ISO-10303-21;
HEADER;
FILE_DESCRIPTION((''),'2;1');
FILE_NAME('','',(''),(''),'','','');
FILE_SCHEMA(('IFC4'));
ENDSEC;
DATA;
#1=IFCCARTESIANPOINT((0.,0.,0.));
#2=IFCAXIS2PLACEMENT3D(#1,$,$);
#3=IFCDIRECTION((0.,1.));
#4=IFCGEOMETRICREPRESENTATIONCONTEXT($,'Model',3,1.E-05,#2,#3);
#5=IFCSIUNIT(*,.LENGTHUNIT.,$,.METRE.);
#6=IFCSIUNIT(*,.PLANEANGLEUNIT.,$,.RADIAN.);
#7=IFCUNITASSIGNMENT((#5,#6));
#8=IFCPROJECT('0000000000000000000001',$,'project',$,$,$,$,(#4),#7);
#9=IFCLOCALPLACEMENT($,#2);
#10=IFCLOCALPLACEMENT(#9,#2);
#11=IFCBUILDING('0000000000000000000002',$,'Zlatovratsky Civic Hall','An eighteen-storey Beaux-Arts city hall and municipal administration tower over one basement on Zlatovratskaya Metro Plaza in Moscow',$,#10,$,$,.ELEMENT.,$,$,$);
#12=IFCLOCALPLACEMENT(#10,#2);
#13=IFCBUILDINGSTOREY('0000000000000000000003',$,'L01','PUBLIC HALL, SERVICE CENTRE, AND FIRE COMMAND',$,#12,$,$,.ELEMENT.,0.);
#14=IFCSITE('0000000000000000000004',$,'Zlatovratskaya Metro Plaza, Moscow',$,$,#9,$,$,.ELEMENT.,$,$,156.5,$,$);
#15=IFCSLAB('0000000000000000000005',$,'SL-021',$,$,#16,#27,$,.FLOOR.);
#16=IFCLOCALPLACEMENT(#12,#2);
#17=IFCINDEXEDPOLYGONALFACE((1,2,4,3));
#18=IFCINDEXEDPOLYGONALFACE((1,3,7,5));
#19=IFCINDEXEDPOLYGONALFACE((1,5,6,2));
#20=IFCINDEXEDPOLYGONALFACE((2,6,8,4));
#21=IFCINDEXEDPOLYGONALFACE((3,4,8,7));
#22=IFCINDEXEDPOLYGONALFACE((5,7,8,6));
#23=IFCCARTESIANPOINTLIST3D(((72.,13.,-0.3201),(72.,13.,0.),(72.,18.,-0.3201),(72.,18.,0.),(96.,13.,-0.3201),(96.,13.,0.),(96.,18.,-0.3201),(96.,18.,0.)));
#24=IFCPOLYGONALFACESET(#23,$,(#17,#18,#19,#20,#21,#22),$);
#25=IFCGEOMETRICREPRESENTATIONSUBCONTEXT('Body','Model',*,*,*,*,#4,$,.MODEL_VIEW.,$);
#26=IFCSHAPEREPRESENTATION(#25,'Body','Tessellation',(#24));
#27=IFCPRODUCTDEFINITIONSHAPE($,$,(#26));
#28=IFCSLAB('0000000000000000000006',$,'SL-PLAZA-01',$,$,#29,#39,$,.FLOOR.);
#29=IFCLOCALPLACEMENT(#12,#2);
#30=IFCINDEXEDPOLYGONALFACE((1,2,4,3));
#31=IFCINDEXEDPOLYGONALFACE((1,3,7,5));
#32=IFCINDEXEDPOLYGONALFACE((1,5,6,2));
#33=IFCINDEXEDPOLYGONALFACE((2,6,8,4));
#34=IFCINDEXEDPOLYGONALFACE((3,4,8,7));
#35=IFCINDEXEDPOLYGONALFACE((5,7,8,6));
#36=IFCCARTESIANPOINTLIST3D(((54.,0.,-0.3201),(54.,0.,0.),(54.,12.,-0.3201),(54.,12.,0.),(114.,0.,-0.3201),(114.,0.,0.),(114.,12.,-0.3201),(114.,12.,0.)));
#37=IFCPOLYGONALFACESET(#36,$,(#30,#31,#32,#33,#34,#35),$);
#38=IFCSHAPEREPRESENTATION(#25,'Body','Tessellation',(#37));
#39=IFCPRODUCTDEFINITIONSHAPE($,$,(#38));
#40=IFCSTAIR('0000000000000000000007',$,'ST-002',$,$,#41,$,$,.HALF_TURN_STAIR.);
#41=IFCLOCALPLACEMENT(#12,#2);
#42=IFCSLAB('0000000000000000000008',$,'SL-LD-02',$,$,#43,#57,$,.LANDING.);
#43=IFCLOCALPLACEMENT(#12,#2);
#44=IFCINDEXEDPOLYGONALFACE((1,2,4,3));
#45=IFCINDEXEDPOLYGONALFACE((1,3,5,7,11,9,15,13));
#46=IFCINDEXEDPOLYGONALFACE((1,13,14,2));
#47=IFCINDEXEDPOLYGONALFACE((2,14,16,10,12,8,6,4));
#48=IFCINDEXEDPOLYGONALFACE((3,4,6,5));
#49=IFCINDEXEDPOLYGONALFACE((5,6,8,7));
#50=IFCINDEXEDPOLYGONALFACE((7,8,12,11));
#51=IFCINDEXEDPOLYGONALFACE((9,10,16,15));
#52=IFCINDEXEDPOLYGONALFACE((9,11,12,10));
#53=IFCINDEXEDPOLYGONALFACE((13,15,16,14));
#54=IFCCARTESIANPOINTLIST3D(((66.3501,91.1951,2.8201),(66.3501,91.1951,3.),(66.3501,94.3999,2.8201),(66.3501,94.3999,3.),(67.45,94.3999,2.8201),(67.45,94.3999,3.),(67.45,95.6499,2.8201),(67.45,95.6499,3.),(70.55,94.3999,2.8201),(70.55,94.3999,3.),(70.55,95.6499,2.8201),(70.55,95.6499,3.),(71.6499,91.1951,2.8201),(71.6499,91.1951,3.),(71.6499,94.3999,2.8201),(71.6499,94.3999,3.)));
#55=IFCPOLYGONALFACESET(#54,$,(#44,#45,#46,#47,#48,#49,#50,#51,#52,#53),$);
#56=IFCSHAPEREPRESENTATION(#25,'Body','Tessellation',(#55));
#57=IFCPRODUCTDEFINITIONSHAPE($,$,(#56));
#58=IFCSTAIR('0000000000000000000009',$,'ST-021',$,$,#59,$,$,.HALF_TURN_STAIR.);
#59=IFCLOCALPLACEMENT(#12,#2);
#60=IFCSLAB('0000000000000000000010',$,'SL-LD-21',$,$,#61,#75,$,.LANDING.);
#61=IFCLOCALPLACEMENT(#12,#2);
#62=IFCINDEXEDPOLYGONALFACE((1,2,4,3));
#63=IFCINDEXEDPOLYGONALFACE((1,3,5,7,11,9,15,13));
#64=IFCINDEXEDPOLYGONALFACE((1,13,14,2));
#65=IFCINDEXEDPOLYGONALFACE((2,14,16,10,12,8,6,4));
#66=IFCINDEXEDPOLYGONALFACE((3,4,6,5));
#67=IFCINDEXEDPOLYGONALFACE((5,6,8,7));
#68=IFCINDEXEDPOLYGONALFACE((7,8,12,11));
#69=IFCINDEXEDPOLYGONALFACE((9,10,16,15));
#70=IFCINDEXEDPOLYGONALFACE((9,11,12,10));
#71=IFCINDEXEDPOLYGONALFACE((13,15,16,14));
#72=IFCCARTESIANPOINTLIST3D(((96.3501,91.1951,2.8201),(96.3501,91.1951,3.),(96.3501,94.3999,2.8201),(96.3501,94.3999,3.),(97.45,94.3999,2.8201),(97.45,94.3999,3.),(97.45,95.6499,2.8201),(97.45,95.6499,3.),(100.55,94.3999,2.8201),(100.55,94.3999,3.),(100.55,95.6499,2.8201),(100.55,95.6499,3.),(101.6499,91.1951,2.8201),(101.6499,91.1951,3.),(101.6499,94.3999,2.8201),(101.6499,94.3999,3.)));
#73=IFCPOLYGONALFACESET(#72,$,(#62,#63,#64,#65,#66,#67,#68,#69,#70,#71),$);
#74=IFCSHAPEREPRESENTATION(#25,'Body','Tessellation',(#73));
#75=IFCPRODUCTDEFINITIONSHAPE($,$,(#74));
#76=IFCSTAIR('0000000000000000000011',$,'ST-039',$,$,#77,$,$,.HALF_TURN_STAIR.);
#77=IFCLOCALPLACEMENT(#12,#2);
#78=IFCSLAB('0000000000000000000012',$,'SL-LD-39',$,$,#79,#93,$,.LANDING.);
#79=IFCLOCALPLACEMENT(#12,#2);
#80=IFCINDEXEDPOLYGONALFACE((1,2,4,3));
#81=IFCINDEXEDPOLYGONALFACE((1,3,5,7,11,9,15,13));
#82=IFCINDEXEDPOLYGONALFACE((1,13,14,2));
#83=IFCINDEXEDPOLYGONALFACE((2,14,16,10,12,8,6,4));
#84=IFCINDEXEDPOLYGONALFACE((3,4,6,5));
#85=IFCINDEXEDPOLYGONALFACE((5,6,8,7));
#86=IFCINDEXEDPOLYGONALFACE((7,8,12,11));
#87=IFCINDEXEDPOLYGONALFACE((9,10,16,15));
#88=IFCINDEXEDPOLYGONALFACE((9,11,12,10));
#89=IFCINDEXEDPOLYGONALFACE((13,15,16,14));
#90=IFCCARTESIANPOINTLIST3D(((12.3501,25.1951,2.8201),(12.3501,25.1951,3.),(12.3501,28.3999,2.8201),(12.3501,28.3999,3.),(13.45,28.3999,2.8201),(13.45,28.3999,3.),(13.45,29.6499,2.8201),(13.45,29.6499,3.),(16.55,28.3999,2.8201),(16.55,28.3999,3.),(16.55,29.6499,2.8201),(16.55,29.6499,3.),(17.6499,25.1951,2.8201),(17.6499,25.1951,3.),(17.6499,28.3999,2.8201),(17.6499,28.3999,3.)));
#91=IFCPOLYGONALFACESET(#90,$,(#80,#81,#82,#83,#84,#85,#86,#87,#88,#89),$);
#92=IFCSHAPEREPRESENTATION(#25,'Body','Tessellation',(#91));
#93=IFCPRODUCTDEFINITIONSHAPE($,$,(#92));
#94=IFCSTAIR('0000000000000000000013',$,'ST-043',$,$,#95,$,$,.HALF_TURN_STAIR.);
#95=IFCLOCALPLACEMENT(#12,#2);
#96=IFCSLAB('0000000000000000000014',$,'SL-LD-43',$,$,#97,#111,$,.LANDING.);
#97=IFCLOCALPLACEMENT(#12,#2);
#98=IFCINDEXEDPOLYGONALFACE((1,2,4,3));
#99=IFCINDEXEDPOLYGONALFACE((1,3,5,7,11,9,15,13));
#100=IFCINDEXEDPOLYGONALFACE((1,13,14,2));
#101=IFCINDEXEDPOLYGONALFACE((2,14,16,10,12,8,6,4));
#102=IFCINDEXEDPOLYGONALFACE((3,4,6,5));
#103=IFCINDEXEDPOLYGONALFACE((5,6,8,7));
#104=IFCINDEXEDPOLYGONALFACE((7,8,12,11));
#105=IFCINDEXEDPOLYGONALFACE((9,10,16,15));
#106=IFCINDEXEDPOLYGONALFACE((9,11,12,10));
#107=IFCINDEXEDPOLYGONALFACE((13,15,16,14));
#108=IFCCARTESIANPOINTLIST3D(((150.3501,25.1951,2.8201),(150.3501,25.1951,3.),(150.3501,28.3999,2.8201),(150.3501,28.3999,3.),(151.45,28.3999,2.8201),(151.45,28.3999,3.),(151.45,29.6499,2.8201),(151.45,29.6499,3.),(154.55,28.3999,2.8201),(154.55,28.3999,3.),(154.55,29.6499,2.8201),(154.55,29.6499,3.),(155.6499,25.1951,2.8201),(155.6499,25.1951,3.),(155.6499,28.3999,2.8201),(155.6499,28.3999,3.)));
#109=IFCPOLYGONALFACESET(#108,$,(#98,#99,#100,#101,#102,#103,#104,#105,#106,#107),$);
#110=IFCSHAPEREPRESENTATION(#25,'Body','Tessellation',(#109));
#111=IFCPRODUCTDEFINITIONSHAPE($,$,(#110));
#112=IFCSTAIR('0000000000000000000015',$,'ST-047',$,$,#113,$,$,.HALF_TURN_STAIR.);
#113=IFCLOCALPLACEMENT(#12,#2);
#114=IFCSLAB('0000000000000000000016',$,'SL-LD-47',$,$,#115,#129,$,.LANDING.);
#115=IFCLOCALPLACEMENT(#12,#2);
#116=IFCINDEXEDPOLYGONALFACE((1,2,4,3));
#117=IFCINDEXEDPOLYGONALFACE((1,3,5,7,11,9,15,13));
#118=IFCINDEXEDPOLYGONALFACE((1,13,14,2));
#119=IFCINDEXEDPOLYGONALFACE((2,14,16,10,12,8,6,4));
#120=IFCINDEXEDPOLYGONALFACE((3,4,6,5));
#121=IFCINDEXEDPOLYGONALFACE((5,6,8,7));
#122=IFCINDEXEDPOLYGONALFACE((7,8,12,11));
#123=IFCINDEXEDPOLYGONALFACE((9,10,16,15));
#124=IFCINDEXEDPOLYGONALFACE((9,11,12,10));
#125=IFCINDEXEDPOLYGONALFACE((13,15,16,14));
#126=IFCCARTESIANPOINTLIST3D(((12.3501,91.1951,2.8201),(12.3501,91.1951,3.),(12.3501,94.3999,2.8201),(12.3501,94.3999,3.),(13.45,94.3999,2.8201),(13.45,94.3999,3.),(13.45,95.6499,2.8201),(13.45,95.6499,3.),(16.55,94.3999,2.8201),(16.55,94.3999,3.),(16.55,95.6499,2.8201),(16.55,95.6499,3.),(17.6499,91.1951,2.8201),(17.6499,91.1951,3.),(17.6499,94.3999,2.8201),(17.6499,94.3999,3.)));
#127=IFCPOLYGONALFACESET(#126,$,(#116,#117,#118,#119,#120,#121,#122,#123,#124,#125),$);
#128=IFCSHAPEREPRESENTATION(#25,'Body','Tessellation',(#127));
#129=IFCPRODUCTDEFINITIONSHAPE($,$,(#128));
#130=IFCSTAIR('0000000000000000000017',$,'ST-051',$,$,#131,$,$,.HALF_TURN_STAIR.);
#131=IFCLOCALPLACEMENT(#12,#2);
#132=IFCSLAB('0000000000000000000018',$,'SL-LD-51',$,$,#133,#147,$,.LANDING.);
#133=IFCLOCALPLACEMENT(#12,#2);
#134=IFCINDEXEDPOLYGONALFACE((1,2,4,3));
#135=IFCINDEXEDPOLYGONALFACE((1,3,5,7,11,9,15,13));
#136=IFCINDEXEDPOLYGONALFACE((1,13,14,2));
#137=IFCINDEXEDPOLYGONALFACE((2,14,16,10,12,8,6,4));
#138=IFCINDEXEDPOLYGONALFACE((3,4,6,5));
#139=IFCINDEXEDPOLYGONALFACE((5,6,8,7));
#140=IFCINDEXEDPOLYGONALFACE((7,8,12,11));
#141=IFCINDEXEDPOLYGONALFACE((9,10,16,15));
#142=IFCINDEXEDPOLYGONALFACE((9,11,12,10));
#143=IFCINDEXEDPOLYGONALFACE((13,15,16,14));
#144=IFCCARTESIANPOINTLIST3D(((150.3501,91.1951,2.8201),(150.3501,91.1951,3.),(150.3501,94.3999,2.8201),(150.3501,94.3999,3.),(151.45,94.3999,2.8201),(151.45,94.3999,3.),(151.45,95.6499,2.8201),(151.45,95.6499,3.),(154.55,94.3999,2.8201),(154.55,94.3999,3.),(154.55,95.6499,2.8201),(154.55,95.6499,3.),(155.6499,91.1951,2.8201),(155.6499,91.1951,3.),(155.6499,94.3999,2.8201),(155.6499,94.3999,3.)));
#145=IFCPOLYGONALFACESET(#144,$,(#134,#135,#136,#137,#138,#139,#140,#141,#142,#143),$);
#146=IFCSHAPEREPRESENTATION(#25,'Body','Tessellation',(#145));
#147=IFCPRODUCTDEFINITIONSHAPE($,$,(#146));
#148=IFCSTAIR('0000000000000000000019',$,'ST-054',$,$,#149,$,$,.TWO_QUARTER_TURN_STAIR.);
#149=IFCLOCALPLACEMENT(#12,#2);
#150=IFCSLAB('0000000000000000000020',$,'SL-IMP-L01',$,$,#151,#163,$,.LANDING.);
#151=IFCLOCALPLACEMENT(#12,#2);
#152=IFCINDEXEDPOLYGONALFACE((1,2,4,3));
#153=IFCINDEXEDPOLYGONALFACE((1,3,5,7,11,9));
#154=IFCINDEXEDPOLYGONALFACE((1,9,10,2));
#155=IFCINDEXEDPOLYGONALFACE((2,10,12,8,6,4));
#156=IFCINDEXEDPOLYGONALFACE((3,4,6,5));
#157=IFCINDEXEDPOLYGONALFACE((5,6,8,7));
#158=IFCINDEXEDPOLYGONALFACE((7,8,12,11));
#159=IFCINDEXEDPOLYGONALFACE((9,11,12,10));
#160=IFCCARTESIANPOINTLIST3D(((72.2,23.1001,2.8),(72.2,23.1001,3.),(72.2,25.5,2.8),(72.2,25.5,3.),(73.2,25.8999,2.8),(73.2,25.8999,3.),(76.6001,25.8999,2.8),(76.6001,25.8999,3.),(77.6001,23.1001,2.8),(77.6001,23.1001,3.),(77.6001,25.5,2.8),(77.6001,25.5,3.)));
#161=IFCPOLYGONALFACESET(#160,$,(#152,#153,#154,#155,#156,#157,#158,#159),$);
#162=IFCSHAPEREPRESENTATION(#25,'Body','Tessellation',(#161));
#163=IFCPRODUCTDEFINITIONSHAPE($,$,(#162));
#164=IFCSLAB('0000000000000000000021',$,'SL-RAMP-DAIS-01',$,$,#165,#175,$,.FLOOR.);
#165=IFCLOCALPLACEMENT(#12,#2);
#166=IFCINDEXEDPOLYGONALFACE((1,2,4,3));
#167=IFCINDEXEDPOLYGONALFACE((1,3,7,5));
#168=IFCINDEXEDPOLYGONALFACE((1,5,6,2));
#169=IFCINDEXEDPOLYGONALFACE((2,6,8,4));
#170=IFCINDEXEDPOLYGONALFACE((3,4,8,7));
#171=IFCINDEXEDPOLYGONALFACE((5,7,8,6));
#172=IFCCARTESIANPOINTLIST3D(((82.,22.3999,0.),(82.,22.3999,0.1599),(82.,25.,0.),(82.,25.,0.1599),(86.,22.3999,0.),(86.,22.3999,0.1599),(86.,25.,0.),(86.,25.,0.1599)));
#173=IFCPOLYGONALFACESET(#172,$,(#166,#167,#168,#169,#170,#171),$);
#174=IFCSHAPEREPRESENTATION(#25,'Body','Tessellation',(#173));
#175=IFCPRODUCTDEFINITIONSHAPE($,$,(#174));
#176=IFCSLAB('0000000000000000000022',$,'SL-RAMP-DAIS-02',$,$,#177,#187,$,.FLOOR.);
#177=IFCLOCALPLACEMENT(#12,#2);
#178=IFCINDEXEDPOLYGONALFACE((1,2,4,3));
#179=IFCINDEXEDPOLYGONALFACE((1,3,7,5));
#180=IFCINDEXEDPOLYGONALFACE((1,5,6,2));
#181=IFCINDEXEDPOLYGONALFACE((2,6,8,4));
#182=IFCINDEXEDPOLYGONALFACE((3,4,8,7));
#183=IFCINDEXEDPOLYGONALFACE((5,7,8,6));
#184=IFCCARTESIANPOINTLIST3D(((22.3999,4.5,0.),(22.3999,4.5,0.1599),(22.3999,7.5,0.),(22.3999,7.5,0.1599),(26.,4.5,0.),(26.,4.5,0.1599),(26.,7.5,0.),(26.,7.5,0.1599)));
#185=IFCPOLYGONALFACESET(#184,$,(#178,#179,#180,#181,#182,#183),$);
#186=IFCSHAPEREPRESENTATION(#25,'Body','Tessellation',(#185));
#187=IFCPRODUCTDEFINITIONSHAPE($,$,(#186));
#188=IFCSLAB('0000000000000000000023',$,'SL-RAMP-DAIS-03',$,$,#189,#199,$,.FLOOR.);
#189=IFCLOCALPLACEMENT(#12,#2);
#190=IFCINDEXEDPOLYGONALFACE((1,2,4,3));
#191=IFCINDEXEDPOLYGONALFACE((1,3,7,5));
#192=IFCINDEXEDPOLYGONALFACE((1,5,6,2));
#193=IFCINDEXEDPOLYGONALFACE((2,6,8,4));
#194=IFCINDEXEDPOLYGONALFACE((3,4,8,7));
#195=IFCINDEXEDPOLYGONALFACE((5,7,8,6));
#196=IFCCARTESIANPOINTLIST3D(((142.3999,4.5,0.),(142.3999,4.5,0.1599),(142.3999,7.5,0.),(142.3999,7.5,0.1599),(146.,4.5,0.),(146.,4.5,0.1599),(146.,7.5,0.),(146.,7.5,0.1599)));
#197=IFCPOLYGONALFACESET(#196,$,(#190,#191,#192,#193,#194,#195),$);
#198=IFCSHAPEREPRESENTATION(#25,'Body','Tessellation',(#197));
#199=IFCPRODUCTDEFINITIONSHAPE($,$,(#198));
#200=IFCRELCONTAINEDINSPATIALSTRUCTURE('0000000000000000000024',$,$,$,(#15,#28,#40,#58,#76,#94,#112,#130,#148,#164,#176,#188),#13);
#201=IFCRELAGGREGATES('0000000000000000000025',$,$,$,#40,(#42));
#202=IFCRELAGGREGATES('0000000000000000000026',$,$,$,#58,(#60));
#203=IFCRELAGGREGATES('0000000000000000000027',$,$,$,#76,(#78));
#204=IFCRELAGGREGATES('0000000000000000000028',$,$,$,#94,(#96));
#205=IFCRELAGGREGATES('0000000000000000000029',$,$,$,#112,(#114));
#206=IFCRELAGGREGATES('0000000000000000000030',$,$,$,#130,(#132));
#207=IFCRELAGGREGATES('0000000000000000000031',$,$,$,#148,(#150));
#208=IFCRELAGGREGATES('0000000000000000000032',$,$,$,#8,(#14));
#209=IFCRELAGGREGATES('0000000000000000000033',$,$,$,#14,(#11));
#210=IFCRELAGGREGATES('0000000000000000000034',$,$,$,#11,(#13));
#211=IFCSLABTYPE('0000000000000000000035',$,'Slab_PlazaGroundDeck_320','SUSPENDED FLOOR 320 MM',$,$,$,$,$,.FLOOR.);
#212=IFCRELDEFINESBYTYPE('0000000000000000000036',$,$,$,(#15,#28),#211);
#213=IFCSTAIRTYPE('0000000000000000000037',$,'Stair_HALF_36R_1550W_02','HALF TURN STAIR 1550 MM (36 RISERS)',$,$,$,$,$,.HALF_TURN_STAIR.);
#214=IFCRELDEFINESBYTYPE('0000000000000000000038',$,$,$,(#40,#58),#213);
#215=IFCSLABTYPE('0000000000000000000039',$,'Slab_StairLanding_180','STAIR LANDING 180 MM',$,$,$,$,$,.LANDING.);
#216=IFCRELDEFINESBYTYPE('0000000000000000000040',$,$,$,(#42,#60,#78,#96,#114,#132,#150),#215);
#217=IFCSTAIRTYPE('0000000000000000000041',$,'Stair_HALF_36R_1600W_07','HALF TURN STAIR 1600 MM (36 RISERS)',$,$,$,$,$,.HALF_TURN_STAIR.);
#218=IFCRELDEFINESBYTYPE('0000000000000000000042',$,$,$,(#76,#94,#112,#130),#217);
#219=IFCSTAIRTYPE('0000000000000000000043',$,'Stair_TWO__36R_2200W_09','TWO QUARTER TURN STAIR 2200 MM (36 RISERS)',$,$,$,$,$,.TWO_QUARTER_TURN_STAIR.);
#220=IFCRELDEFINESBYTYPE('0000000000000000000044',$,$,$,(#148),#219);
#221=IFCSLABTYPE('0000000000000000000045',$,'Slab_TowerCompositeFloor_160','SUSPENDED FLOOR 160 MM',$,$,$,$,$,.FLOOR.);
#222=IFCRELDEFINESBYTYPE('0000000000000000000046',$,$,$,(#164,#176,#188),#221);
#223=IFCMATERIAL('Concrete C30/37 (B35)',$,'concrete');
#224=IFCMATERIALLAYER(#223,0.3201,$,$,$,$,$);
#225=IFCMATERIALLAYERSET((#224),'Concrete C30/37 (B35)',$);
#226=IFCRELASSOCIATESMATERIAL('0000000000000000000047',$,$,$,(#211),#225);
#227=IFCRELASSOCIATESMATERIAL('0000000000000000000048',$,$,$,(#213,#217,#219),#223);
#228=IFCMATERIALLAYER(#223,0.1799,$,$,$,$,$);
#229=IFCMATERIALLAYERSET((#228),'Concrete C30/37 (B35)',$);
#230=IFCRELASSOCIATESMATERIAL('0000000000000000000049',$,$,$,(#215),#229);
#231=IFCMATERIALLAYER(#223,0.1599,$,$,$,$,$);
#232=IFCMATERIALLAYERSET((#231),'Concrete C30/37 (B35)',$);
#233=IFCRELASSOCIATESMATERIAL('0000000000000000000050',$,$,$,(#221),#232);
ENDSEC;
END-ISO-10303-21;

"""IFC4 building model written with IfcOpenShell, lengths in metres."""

from ifc_helpers import new_model, si_unit, direction, frame, origin, place, context, subcontext, project, spatial, polyline, outline, extrude, material, layer, layer_set, type_object, element, aggregate, save


model = new_model("IFC4")

# Units and contexts
model_context = context("Model", 3, precision=1e-05, world=origin(), true_north=direction((0.0, 1.0)))
body_context = subcontext(model_context, "Body", "Model", "MODEL_VIEW")
ifc_project = project(units=[si_unit("LENGTHUNIT", "METRE"), si_unit("PLANEANGLEUNIT", "RADIAN")], contexts=[model_context])

# Site, building, storey
site_placement = place(None, origin())
site = spatial("IfcSite", under=ifc_project, at=site_placement, Name="Zlatovratskaya Metro Plaza, Moscow", CompositionType="ELEMENT", RefElevation=156.5)
building_placement = place(site_placement, origin())
building = spatial("IfcBuilding", under=site, at=building_placement, Name="Zlatovratsky Civic Hall", Description="An eighteen-storey Beaux-Arts city hall and municipal administration tower over one basement on Zlatovratskaya Metro Plaza in Moscow", CompositionType="ELEMENT")
storey_placement = place(building_placement, origin())
storey = spatial("IfcBuildingStorey", under=building, at=storey_placement, Name="L01", Description="PUBLIC HALL, SERVICE CENTRE, AND FIRE COMMAND", CompositionType="ELEMENT", Elevation=0.0)

# Slabs
ifc_material_1 = material(Name="Concrete C30/37 (B35)", Category="concrete")
ifc_layer_1 = layer(ifc_material_1, 0.3201)
ifc_layer_set_1 = layer_set([ifc_layer_1], Name="Concrete C30/37 (B35)")
slab_type_1 = type_object("IfcSlabType", Name="Slab_PlazaGroundDeck_320", Description="SUSPENDED FLOOR 320 MM", PredefinedType="FLOOR", material=ifc_layer_set_1)
slab_1_placement = place(storey_placement, frame((0.0, 0.0, -0.3201)))
element("IfcSlab", 1, at=slab_1_placement, inside=storey, type_object=slab_type_1, Name="SL-021", PredefinedType="FLOOR", context=body_context, shape_type="SweptSolid", body=[
    extrude(outline(polyline([(72.0, 13.0), (96.0, 13.0), (96.0, 18.0), (72.0, 18.0), (72.0, 13.0)])), origin(), (0.0, 0.0, 1.0), 0.3201),
])
slab_2_placement = place(storey_placement, frame((0.0, 0.0, -0.3201)))
element("IfcSlab", 2, at=slab_2_placement, inside=storey, type_object=slab_type_1, Name="SL-PLAZA-01", PredefinedType="FLOOR", context=body_context, shape_type="SweptSolid", body=[
    extrude(outline(polyline([(54.0, 0.0), (114.0, 0.0), (114.0, 12.0), (54.0, 12.0), (54.0, 0.0)])), origin(), (0.0, 0.0, 1.0), 0.3201),
])

# Stairs, slabs
stair_type_1 = type_object("IfcStairType", Name="Stair_HALF_36R_1550W_02", Description="HALF TURN STAIR 1550 MM (36 RISERS)", PredefinedType="HALF_TURN_STAIR", material=ifc_material_1)
stair_1_placement = place(storey_placement, origin())
stair_1 = element("IfcStair", 3, at=stair_1_placement, inside=storey, type_object=stair_type_1, Name="ST-002", PredefinedType="HALF_TURN_STAIR")
ifc_layer_2 = layer(ifc_material_1, 0.1799)
ifc_layer_set_2 = layer_set([ifc_layer_2], Name="Concrete C30/37 (B35)")
slab_type_2 = type_object("IfcSlabType", Name="Slab_StairLanding_180", Description="STAIR LANDING 180 MM", PredefinedType="LANDING", material=ifc_layer_set_2)
slab_3_placement = place(storey_placement, frame((0.0, 0.0, 2.8201)))
slab_3 = element("IfcSlab", 4, at=slab_3_placement, type_object=slab_type_2, Name="SL-LD-02", PredefinedType="LANDING", context=body_context, shape_type="SweptSolid", body=[
    extrude(outline(polyline([(66.3501, 91.1951), (71.6499, 91.1951), (71.6499, 94.3999), (70.55, 94.3999), (70.55, 95.6499), (67.45, 95.6499), (67.45, 94.3999), (66.3501, 94.3999), (66.3501, 91.1951)])), origin(), (0.0, 0.0, 1.0), 0.1799),
])
aggregate(stair_1, [slab_3])
stair_2_placement = place(storey_placement, origin())
stair_2 = element("IfcStair", 5, at=stair_2_placement, inside=storey, type_object=stair_type_1, Name="ST-021", PredefinedType="HALF_TURN_STAIR")
slab_4_placement = place(storey_placement, frame((0.0, 0.0, 2.8201)))
slab_4 = element("IfcSlab", 6, at=slab_4_placement, type_object=slab_type_2, Name="SL-LD-21", PredefinedType="LANDING", context=body_context, shape_type="SweptSolid", body=[
    extrude(outline(polyline([(96.3501, 91.1951), (101.6499, 91.1951), (101.6499, 94.3999), (100.55, 94.3999), (100.55, 95.6499), (97.45, 95.6499), (97.45, 94.3999), (96.3501, 94.3999), (96.3501, 91.1951)])), origin(), (0.0, 0.0, 1.0), 0.1799),
])
aggregate(stair_2, [slab_4])
stair_type_2 = type_object("IfcStairType", Name="Stair_HALF_36R_1600W_07", Description="HALF TURN STAIR 1600 MM (36 RISERS)", PredefinedType="HALF_TURN_STAIR", material=ifc_material_1)
stair_3_placement = place(storey_placement, origin())
stair_3 = element("IfcStair", 7, at=stair_3_placement, inside=storey, type_object=stair_type_2, Name="ST-039", PredefinedType="HALF_TURN_STAIR")
slab_5_placement = place(storey_placement, frame((0.0, 0.0, 2.8201)))
slab_5 = element("IfcSlab", 8, at=slab_5_placement, type_object=slab_type_2, Name="SL-LD-39", PredefinedType="LANDING", context=body_context, shape_type="SweptSolid", body=[
    extrude(outline(polyline([(12.3501, 25.1951), (17.6499, 25.1951), (17.6499, 28.3999), (16.55, 28.3999), (16.55, 29.6499), (13.45, 29.6499), (13.45, 28.3999), (12.3501, 28.3999), (12.3501, 25.1951)])), origin(), (0.0, 0.0, 1.0), 0.1799),
])
aggregate(stair_3, [slab_5])
stair_4_placement = place(storey_placement, origin())
stair_4 = element("IfcStair", 9, at=stair_4_placement, inside=storey, type_object=stair_type_2, Name="ST-043", PredefinedType="HALF_TURN_STAIR")
slab_6_placement = place(storey_placement, frame((0.0, 0.0, 2.8201)))
slab_6 = element("IfcSlab", 10, at=slab_6_placement, type_object=slab_type_2, Name="SL-LD-43", PredefinedType="LANDING", context=body_context, shape_type="SweptSolid", body=[
    extrude(outline(polyline([(150.3501, 25.1951), (155.6499, 25.1951), (155.6499, 28.3999), (154.55, 28.3999), (154.55, 29.6499), (151.45, 29.6499), (151.45, 28.3999), (150.3501, 28.3999), (150.3501, 25.1951)])), origin(), (0.0, 0.0, 1.0), 0.1799),
])
aggregate(stair_4, [slab_6])
stair_5_placement = place(storey_placement, origin())
stair_5 = element("IfcStair", 11, at=stair_5_placement, inside=storey, type_object=stair_type_2, Name="ST-047", PredefinedType="HALF_TURN_STAIR")
slab_7_placement = place(storey_placement, frame((0.0, 0.0, 2.8201)))
slab_7 = element("IfcSlab", 12, at=slab_7_placement, type_object=slab_type_2, Name="SL-LD-47", PredefinedType="LANDING", context=body_context, shape_type="SweptSolid", body=[
    extrude(outline(polyline([(12.3501, 91.1951), (17.6499, 91.1951), (17.6499, 94.3999), (16.55, 94.3999), (16.55, 95.6499), (13.45, 95.6499), (13.45, 94.3999), (12.3501, 94.3999), (12.3501, 91.1951)])), origin(), (0.0, 0.0, 1.0), 0.1799),
])
aggregate(stair_5, [slab_7])
stair_6_placement = place(storey_placement, origin())
stair_6 = element("IfcStair", 13, at=stair_6_placement, inside=storey, type_object=stair_type_2, Name="ST-051", PredefinedType="HALF_TURN_STAIR")
slab_8_placement = place(storey_placement, frame((0.0, 0.0, 2.8201)))
slab_8 = element("IfcSlab", 14, at=slab_8_placement, type_object=slab_type_2, Name="SL-LD-51", PredefinedType="LANDING", context=body_context, shape_type="SweptSolid", body=[
    extrude(outline(polyline([(150.3501, 91.1951), (155.6499, 91.1951), (155.6499, 94.3999), (154.55, 94.3999), (154.55, 95.6499), (151.45, 95.6499), (151.45, 94.3999), (150.3501, 94.3999), (150.3501, 91.1951)])), origin(), (0.0, 0.0, 1.0), 0.1799),
])
aggregate(stair_6, [slab_8])
stair_type_3 = type_object("IfcStairType", Name="Stair_TWO__36R_2200W_09", Description="TWO QUARTER TURN STAIR 2200 MM (36 RISERS)", PredefinedType="TWO_QUARTER_TURN_STAIR", material=ifc_material_1)
stair_7_placement = place(storey_placement, origin())
stair_7 = element("IfcStair", 15, at=stair_7_placement, inside=storey, type_object=stair_type_3, Name="ST-054", PredefinedType="TWO_QUARTER_TURN_STAIR")
slab_9_placement = place(storey_placement, frame((0.0, 0.0, 2.8)))
slab_9 = element("IfcSlab", 16, at=slab_9_placement, type_object=slab_type_2, Name="SL-IMP-L01", PredefinedType="LANDING", context=body_context, shape_type="SweptSolid", body=[
    extrude(outline(polyline([(72.2, 23.1001), (77.6001, 23.1001), (77.6001, 25.5), (76.6001, 25.8999), (73.2, 25.8999), (72.2, 25.5), (72.2, 23.1001)])), origin(), (0.0, 0.0, 1.0), 0.2),
])
aggregate(stair_7, [slab_9])

# Slabs
ifc_layer_3 = layer(ifc_material_1, 0.1599)
ifc_layer_set_3 = layer_set([ifc_layer_3], Name="Concrete C30/37 (B35)")
slab_type_3 = type_object("IfcSlabType", Name="Slab_TowerCompositeFloor_160", Description="SUSPENDED FLOOR 160 MM", PredefinedType="FLOOR", material=ifc_layer_set_3)
slab_10_placement = place(storey_placement, origin())
element("IfcSlab", 17, at=slab_10_placement, inside=storey, type_object=slab_type_3, Name="SL-RAMP-DAIS-01", PredefinedType="FLOOR", context=body_context, shape_type="SweptSolid", body=[
    extrude(outline(polyline([(82.0, 22.3999), (86.0, 22.3999), (86.0, 25.0), (82.0, 25.0), (82.0, 22.3999)])), origin(), (0.0, 0.0, 1.0), 0.1599),
])
slab_11_placement = place(storey_placement, origin())
element("IfcSlab", 18, at=slab_11_placement, inside=storey, type_object=slab_type_3, Name="SL-RAMP-DAIS-02", PredefinedType="FLOOR", context=body_context, shape_type="SweptSolid", body=[
    extrude(outline(polyline([(22.3999, 4.5), (26.0, 4.5), (26.0, 7.5), (22.3999, 7.5), (22.3999, 4.5)])), origin(), (0.0, 0.0, 1.0), 0.1599),
])
slab_12_placement = place(storey_placement, origin())
element("IfcSlab", 19, at=slab_12_placement, inside=storey, type_object=slab_type_3, Name="SL-RAMP-DAIS-03", PredefinedType="FLOOR", context=body_context, shape_type="SweptSolid", body=[
    extrude(outline(polyline([(142.3999, 4.5), (146.0, 4.5), (146.0, 7.5), (142.3999, 7.5), (142.3999, 4.5)])), origin(), (0.0, 0.0, 1.0), 0.1599),
])

save(model, "model.ifc")
